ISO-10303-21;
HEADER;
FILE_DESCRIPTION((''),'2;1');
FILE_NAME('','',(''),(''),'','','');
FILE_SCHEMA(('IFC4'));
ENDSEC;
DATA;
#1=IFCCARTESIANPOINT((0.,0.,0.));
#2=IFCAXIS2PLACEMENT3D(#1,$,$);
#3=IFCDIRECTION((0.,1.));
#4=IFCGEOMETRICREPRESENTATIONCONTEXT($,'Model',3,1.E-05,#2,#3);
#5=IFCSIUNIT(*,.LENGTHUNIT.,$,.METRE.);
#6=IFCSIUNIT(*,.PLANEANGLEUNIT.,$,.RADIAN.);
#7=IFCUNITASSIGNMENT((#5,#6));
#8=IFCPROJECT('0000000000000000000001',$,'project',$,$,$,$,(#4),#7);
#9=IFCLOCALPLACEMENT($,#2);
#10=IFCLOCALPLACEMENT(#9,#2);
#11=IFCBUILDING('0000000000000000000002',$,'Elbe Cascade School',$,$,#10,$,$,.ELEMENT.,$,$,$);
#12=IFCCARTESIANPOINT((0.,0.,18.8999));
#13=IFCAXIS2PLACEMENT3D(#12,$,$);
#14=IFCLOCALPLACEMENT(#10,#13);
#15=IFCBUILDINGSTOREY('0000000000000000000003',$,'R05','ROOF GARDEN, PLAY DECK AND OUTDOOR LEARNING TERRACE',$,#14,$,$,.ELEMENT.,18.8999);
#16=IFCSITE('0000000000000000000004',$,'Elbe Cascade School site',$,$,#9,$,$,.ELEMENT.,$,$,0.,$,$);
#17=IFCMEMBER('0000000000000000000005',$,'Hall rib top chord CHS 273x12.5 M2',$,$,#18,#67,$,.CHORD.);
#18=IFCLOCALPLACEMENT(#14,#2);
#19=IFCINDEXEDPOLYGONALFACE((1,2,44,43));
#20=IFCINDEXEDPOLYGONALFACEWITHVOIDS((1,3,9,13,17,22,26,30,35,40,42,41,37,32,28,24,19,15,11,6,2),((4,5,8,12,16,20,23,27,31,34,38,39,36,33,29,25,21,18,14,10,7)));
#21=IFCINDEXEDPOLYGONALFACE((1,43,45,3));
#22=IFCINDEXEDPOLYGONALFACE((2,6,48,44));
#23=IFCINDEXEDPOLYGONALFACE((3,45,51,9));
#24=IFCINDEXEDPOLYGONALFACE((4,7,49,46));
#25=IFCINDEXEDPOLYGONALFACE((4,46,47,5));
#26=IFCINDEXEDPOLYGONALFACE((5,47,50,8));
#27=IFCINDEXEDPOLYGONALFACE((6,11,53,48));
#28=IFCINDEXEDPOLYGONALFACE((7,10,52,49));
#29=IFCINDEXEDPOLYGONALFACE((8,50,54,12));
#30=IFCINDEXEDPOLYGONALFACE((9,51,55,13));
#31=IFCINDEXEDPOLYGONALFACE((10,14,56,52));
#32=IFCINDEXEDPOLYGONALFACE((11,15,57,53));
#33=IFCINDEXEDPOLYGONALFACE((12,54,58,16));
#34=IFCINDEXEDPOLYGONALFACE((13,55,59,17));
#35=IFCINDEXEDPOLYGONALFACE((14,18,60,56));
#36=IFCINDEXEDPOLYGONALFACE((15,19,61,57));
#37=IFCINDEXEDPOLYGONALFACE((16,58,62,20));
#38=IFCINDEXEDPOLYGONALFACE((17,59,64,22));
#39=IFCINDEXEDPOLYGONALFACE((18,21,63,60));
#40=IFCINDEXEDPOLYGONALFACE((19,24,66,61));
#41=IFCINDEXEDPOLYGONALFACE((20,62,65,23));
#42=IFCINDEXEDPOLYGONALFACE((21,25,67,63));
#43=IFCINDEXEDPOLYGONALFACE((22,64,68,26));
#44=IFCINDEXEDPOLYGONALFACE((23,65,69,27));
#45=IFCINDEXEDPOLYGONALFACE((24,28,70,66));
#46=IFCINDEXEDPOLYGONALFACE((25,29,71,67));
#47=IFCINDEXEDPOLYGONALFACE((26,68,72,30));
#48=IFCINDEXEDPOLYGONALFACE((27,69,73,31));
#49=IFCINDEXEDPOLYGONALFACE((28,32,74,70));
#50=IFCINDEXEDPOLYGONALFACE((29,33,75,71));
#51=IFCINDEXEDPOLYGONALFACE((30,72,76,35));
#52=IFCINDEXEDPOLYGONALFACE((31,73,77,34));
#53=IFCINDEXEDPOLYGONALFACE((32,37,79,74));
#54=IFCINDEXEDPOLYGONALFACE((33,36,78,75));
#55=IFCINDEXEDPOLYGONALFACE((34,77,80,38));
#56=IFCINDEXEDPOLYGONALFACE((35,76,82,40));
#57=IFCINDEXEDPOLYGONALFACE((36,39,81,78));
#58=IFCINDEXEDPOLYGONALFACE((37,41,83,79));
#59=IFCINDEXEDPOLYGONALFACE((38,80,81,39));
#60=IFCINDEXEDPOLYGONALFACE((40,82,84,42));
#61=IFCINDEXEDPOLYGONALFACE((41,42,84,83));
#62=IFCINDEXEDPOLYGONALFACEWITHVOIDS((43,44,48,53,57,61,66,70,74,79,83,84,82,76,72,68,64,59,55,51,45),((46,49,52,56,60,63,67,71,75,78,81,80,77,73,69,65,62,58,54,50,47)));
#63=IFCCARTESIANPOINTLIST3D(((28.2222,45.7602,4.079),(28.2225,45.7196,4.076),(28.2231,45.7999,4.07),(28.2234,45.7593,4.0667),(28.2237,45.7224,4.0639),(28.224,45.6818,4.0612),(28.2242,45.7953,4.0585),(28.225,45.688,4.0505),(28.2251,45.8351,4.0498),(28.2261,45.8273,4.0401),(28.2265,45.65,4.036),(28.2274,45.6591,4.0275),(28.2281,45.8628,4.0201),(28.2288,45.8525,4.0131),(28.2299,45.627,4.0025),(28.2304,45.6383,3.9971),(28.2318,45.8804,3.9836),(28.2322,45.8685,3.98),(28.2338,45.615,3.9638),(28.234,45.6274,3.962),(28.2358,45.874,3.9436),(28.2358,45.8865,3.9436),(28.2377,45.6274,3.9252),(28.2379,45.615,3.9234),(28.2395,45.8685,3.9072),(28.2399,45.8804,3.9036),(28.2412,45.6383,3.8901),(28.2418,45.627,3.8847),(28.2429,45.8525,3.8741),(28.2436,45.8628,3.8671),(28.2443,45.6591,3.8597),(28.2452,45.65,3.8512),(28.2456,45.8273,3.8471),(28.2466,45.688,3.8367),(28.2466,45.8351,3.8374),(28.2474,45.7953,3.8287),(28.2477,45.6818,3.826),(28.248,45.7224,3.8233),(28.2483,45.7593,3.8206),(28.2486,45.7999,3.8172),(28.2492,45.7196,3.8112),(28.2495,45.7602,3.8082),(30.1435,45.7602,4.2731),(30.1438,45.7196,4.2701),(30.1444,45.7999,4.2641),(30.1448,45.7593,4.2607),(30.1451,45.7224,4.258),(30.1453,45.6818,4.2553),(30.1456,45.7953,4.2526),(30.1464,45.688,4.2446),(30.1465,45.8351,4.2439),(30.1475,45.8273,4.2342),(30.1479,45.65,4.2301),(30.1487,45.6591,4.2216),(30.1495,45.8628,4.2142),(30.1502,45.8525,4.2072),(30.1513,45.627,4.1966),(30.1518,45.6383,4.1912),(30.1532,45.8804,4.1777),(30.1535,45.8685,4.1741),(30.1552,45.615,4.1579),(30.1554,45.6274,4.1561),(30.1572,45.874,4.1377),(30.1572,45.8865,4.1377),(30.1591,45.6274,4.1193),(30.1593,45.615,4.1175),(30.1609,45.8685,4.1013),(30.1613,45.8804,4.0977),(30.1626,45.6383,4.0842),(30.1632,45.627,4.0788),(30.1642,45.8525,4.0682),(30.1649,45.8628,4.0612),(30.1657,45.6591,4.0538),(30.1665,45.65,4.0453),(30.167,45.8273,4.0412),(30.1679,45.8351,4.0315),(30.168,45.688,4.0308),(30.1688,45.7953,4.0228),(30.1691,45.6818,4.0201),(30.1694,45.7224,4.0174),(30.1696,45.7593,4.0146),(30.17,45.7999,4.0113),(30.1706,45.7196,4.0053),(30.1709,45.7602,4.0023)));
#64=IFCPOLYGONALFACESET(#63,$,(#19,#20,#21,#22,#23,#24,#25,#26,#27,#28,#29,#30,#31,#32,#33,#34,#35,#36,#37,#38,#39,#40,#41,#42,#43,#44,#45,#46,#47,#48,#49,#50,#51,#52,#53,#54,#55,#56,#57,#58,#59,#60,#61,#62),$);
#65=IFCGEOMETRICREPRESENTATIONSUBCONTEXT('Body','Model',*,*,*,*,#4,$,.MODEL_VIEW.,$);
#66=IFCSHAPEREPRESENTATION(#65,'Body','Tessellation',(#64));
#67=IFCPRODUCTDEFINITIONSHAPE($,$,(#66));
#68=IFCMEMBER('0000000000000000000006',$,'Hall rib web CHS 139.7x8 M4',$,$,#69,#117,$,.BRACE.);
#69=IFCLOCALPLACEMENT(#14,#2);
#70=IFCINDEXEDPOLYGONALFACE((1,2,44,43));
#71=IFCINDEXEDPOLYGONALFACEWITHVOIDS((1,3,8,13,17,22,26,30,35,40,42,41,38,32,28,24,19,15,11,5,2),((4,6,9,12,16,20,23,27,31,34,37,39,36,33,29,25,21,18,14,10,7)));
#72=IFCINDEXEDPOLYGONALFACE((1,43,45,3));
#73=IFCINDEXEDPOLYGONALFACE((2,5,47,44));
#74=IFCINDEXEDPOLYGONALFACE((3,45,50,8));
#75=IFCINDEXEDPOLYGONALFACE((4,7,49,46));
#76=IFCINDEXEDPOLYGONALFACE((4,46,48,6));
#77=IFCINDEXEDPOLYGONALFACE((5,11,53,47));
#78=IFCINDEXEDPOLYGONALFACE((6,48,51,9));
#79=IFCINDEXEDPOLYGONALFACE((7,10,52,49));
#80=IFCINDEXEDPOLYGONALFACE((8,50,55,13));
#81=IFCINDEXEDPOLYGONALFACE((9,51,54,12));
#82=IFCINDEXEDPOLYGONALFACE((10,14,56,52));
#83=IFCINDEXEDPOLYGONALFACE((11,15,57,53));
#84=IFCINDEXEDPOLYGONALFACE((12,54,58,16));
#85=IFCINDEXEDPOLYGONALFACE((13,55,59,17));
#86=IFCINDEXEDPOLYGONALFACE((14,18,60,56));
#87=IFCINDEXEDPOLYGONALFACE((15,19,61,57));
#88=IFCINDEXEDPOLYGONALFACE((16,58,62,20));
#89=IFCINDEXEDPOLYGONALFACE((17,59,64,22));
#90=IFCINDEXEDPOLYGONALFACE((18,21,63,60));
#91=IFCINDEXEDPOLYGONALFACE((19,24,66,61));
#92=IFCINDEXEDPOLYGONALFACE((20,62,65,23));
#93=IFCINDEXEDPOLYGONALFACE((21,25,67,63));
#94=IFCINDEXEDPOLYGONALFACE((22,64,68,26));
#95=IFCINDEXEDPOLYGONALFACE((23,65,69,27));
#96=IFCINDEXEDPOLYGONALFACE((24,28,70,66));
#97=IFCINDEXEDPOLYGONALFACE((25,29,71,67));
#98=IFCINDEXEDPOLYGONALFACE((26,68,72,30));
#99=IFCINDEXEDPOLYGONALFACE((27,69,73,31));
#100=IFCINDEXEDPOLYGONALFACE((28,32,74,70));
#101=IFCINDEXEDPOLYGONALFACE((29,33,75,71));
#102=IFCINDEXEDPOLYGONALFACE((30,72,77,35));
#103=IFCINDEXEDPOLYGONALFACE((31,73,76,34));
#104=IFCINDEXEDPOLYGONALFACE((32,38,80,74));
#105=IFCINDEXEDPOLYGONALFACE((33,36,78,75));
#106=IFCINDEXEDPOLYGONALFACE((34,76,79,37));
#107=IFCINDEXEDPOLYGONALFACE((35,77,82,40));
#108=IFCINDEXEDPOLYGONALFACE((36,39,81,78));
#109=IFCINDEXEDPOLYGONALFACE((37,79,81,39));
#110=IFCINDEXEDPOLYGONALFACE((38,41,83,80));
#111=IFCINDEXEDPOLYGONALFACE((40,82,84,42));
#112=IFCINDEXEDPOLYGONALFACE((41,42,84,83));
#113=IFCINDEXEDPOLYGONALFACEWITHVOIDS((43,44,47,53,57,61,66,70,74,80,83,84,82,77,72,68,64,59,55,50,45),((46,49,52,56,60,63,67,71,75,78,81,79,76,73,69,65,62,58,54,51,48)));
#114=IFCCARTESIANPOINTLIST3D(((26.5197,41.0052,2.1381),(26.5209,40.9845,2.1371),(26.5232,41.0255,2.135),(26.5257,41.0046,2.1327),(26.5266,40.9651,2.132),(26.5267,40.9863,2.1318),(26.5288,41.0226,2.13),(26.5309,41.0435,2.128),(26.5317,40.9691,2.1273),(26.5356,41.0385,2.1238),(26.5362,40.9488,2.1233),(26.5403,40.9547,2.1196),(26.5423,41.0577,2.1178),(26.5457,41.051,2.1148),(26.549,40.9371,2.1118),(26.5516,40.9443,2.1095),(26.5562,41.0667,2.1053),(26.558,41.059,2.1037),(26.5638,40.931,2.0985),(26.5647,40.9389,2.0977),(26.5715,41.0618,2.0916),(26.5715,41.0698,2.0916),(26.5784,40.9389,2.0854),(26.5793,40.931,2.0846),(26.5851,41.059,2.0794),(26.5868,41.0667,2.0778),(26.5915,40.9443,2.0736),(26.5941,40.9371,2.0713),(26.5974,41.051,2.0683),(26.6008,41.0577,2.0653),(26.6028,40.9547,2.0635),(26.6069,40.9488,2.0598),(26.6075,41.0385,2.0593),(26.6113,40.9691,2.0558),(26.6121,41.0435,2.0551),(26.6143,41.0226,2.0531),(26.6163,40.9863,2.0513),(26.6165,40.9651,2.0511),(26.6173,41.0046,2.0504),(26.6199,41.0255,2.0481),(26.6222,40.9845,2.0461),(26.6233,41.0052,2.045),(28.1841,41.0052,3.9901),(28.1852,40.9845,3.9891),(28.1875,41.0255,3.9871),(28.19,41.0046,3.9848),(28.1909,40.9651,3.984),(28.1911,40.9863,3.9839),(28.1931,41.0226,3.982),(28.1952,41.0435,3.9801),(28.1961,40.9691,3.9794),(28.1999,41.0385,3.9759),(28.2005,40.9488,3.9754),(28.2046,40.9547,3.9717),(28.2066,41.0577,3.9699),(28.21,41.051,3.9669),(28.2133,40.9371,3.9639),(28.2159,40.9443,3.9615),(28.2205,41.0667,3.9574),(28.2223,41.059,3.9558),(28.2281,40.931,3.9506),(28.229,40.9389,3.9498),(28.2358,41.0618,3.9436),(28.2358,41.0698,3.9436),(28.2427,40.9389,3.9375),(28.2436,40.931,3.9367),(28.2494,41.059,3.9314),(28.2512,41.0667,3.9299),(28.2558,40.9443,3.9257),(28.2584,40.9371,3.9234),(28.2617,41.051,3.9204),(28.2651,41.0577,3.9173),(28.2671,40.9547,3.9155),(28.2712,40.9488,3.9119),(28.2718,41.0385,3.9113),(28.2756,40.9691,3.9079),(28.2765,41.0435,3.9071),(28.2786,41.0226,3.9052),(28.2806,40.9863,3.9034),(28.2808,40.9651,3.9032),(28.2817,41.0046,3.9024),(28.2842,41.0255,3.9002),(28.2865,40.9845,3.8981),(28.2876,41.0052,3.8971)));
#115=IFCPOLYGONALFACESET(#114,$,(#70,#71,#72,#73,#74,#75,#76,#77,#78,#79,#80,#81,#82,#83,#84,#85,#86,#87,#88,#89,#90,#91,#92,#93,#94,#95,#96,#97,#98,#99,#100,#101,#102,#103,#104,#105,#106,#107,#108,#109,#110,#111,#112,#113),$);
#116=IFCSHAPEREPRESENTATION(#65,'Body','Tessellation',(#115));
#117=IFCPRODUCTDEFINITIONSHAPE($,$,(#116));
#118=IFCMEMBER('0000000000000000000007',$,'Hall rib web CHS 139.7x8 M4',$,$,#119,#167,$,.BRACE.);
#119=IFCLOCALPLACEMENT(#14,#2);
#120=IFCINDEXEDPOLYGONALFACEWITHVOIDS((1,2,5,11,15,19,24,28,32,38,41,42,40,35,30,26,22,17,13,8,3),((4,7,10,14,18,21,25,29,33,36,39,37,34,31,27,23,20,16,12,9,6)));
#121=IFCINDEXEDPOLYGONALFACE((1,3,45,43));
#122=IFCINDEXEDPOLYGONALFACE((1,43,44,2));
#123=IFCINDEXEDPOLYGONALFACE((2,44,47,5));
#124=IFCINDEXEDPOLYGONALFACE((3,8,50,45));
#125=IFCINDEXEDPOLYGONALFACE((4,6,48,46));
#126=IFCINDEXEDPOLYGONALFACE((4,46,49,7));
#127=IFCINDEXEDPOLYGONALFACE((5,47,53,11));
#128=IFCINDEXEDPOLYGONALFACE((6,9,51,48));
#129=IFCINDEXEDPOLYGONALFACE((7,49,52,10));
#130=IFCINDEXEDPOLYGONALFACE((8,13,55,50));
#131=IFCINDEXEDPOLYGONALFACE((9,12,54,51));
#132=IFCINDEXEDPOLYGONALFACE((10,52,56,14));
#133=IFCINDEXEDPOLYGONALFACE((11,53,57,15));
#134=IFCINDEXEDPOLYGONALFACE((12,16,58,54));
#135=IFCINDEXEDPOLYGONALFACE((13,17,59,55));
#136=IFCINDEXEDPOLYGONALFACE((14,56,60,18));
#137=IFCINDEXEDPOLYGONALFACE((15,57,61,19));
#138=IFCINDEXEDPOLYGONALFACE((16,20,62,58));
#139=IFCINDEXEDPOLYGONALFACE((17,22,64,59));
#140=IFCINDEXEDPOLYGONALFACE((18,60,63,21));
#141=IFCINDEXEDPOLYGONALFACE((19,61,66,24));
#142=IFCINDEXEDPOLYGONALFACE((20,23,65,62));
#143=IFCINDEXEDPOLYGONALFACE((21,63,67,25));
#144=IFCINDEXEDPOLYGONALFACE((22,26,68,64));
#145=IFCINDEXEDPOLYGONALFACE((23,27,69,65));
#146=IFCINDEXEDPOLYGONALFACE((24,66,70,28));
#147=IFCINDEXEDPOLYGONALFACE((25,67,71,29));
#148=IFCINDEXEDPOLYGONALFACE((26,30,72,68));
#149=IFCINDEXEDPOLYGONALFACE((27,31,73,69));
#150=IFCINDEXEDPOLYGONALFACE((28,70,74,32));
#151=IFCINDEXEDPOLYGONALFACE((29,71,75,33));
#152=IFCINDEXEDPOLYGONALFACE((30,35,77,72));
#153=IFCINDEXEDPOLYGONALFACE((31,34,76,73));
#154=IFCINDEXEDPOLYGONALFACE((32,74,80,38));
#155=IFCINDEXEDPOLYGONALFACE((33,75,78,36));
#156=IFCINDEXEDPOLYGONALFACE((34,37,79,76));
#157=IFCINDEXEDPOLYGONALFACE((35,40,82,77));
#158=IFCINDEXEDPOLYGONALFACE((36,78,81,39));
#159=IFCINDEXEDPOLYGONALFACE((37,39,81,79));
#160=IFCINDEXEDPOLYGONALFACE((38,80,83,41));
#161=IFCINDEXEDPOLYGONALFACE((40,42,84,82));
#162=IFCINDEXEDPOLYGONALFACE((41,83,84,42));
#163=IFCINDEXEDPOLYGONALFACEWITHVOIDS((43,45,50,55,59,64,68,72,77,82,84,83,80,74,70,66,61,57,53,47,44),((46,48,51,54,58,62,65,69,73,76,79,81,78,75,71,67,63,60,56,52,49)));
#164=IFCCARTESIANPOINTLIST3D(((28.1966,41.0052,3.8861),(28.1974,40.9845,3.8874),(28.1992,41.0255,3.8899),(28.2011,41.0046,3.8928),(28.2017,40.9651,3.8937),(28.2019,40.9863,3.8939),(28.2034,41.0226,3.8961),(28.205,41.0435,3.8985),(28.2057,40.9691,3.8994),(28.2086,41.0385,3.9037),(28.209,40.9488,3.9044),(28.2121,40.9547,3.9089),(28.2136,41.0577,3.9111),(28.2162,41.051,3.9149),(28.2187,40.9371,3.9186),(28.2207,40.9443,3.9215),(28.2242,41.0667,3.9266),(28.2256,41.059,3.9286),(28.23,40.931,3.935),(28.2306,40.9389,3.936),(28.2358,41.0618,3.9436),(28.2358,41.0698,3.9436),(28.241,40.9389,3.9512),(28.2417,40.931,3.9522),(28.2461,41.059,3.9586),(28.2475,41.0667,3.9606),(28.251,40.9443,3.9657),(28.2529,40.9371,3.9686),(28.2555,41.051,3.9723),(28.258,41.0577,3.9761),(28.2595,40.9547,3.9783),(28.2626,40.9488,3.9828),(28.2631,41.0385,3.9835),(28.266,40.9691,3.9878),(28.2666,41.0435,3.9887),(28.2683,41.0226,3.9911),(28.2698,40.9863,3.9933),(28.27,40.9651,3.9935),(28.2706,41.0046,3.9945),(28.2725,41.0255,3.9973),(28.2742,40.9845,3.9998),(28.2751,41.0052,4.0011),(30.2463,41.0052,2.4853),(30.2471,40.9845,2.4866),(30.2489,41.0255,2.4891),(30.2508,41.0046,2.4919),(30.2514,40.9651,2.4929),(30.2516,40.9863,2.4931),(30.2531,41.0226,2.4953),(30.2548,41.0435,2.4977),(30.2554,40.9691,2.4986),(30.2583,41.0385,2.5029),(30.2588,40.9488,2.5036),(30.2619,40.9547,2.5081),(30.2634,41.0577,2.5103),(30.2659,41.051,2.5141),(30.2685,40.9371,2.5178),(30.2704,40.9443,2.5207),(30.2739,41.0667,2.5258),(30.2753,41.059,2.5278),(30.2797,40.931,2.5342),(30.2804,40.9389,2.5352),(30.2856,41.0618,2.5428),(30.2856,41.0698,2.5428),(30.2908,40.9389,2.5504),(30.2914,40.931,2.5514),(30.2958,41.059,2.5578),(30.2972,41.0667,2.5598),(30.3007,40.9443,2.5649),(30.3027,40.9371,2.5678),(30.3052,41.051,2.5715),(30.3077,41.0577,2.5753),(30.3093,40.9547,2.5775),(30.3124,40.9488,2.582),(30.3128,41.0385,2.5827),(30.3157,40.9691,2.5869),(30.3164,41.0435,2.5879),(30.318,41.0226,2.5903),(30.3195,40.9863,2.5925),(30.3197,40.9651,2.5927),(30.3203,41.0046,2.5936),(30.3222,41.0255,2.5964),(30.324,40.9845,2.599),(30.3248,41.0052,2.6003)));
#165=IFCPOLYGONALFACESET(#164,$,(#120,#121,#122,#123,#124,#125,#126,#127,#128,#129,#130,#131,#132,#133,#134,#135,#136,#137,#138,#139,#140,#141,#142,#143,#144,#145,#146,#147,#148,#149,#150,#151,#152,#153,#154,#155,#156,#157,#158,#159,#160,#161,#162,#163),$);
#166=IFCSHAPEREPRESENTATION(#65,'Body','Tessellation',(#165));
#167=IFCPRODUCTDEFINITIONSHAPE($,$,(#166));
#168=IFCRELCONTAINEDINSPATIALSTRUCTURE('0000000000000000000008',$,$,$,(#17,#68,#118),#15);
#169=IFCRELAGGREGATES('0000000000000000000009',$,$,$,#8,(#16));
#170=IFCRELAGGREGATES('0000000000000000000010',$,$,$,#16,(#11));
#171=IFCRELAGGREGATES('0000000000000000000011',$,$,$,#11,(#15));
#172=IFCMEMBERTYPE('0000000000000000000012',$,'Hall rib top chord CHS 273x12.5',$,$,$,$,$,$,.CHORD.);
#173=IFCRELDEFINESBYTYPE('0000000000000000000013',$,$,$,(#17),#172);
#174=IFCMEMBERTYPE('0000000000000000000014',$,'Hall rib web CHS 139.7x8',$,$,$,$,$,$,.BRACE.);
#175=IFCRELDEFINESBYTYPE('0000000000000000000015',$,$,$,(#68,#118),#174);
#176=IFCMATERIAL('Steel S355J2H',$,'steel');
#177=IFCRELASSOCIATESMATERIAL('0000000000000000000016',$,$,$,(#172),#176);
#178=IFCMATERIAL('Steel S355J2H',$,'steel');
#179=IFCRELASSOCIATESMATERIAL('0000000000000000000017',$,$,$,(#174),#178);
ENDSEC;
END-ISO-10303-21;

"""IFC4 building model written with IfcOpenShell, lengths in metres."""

from ifc_helpers import new_model, si_unit, direction, frame, origin, origin_2d, place, context, subcontext, project, spatial, hollow_circle, extrude, material, material_profile, profile_set, type_object, element, save


model = new_model("IFC4")

# Units and contexts
model_context = context("Model", 3, precision=1e-05, world=origin(), true_north=direction((0.0, 1.0)))
body_context = subcontext(model_context, "Body", "Model", "MODEL_VIEW")
ifc_project = project(units=[si_unit("LENGTHUNIT", "METRE"), si_unit("PLANEANGLEUNIT", "RADIAN")], contexts=[model_context])

# Site, building, storey
site_placement = place(None, origin())
site = spatial("IfcSite", under=ifc_project, at=site_placement, Name="Elbe Cascade School site", CompositionType="ELEMENT", RefElevation=0.0)
building_placement = place(site_placement, origin())
building = spatial("IfcBuilding", under=site, at=building_placement, Name="Elbe Cascade School", CompositionType="ELEMENT")
storey_placement = place(building_placement, frame((0.0, 0.0, 18.8999)))
storey = spatial("IfcBuildingStorey", under=building, at=storey_placement, Name="R05", Description="ROOF GARDEN, PLAY DECK AND OUTDOOR LEARNING TERRACE", CompositionType="ELEMENT", Elevation=18.8999)

# Members
ifc_material_1 = material(Name="Steel S355J2H", Category="steel")
ifc_material_profile_1 = material_profile(ifc_material_1, hollow_circle(Radius=0.1365, WallThickness=0.0125, at=origin_2d()), Name="CHS 273x12.5")
ifc_profile_set_1 = profile_set([ifc_material_profile_1], Name="Steel S355J2H")
member_type_1 = type_object("IfcMemberType", Name="Hall rib top chord CHS 273x12.5", PredefinedType="CHORD", material=ifc_profile_set_1)
member_1_placement = place(storey_placement, frame((28.2358, 45.75, 3.9436), z_axis=(0.994937, 0.0, 0.100505), x_axis=(0.0, 1.0, 0.0)))
element("IfcMember", 1, at=member_1_placement, inside=storey, type_object=member_type_1, Name="Hall rib top chord CHS 273x12.5 M2", PredefinedType="CHORD", context=body_context, shape_type="SweptSolid", body=[
    extrude(hollow_circle(Radius=0.1365, WallThickness=0.0125, at=origin_2d()), origin(), (0.0, 0.0, 1.0), 1.9312),
])
ifc_material_2 = material(Name="Steel S355J2H", Category="steel")
ifc_material_profile_2 = material_profile(ifc_material_2, hollow_circle(Radius=0.0698, WallThickness=0.0081, at=origin_2d()), Name="CHS 139.7x8")
ifc_profile_set_2 = profile_set([ifc_material_profile_2], Name="Steel S355J2H")
member_type_2 = type_object("IfcMemberType", Name="Hall rib web CHS 139.7x8", PredefinedType="BRACE", material=ifc_profile_set_2)
member_2_placement = place(storey_placement, frame((26.5715, 41.0, 2.0916), z_axis=(0.668401, 0.0, 0.743801), x_axis=(0.0, 1.0, 0.0)))
element("IfcMember", 2, at=member_2_placement, inside=storey, type_object=member_type_2, Name="Hall rib web CHS 139.7x8 M4", PredefinedType="BRACE", context=body_context, shape_type="SweptSolid", body=[
    extrude(hollow_circle(Radius=0.0698, WallThickness=0.0081, at=origin_2d()), origin(), (0.0, 0.0, 1.0), 2.49),
])
member_3_placement = place(storey_placement, frame((28.2358, 41.0, 3.9436), z_axis=(0.825611, 0.0, -0.56424), x_axis=(0.0, 1.0, 0.0)))
element("IfcMember", 3, at=member_3_placement, inside=storey, type_object=member_type_2, Name="Hall rib web CHS 139.7x8 M4", PredefinedType="BRACE", context=body_context, shape_type="SweptSolid", body=[
    extrude(hollow_circle(Radius=0.0698, WallThickness=0.0081, at=origin_2d()), origin(), (0.0, 0.0, 1.0), 2.4827),
])

save(model, "model.ifc")
